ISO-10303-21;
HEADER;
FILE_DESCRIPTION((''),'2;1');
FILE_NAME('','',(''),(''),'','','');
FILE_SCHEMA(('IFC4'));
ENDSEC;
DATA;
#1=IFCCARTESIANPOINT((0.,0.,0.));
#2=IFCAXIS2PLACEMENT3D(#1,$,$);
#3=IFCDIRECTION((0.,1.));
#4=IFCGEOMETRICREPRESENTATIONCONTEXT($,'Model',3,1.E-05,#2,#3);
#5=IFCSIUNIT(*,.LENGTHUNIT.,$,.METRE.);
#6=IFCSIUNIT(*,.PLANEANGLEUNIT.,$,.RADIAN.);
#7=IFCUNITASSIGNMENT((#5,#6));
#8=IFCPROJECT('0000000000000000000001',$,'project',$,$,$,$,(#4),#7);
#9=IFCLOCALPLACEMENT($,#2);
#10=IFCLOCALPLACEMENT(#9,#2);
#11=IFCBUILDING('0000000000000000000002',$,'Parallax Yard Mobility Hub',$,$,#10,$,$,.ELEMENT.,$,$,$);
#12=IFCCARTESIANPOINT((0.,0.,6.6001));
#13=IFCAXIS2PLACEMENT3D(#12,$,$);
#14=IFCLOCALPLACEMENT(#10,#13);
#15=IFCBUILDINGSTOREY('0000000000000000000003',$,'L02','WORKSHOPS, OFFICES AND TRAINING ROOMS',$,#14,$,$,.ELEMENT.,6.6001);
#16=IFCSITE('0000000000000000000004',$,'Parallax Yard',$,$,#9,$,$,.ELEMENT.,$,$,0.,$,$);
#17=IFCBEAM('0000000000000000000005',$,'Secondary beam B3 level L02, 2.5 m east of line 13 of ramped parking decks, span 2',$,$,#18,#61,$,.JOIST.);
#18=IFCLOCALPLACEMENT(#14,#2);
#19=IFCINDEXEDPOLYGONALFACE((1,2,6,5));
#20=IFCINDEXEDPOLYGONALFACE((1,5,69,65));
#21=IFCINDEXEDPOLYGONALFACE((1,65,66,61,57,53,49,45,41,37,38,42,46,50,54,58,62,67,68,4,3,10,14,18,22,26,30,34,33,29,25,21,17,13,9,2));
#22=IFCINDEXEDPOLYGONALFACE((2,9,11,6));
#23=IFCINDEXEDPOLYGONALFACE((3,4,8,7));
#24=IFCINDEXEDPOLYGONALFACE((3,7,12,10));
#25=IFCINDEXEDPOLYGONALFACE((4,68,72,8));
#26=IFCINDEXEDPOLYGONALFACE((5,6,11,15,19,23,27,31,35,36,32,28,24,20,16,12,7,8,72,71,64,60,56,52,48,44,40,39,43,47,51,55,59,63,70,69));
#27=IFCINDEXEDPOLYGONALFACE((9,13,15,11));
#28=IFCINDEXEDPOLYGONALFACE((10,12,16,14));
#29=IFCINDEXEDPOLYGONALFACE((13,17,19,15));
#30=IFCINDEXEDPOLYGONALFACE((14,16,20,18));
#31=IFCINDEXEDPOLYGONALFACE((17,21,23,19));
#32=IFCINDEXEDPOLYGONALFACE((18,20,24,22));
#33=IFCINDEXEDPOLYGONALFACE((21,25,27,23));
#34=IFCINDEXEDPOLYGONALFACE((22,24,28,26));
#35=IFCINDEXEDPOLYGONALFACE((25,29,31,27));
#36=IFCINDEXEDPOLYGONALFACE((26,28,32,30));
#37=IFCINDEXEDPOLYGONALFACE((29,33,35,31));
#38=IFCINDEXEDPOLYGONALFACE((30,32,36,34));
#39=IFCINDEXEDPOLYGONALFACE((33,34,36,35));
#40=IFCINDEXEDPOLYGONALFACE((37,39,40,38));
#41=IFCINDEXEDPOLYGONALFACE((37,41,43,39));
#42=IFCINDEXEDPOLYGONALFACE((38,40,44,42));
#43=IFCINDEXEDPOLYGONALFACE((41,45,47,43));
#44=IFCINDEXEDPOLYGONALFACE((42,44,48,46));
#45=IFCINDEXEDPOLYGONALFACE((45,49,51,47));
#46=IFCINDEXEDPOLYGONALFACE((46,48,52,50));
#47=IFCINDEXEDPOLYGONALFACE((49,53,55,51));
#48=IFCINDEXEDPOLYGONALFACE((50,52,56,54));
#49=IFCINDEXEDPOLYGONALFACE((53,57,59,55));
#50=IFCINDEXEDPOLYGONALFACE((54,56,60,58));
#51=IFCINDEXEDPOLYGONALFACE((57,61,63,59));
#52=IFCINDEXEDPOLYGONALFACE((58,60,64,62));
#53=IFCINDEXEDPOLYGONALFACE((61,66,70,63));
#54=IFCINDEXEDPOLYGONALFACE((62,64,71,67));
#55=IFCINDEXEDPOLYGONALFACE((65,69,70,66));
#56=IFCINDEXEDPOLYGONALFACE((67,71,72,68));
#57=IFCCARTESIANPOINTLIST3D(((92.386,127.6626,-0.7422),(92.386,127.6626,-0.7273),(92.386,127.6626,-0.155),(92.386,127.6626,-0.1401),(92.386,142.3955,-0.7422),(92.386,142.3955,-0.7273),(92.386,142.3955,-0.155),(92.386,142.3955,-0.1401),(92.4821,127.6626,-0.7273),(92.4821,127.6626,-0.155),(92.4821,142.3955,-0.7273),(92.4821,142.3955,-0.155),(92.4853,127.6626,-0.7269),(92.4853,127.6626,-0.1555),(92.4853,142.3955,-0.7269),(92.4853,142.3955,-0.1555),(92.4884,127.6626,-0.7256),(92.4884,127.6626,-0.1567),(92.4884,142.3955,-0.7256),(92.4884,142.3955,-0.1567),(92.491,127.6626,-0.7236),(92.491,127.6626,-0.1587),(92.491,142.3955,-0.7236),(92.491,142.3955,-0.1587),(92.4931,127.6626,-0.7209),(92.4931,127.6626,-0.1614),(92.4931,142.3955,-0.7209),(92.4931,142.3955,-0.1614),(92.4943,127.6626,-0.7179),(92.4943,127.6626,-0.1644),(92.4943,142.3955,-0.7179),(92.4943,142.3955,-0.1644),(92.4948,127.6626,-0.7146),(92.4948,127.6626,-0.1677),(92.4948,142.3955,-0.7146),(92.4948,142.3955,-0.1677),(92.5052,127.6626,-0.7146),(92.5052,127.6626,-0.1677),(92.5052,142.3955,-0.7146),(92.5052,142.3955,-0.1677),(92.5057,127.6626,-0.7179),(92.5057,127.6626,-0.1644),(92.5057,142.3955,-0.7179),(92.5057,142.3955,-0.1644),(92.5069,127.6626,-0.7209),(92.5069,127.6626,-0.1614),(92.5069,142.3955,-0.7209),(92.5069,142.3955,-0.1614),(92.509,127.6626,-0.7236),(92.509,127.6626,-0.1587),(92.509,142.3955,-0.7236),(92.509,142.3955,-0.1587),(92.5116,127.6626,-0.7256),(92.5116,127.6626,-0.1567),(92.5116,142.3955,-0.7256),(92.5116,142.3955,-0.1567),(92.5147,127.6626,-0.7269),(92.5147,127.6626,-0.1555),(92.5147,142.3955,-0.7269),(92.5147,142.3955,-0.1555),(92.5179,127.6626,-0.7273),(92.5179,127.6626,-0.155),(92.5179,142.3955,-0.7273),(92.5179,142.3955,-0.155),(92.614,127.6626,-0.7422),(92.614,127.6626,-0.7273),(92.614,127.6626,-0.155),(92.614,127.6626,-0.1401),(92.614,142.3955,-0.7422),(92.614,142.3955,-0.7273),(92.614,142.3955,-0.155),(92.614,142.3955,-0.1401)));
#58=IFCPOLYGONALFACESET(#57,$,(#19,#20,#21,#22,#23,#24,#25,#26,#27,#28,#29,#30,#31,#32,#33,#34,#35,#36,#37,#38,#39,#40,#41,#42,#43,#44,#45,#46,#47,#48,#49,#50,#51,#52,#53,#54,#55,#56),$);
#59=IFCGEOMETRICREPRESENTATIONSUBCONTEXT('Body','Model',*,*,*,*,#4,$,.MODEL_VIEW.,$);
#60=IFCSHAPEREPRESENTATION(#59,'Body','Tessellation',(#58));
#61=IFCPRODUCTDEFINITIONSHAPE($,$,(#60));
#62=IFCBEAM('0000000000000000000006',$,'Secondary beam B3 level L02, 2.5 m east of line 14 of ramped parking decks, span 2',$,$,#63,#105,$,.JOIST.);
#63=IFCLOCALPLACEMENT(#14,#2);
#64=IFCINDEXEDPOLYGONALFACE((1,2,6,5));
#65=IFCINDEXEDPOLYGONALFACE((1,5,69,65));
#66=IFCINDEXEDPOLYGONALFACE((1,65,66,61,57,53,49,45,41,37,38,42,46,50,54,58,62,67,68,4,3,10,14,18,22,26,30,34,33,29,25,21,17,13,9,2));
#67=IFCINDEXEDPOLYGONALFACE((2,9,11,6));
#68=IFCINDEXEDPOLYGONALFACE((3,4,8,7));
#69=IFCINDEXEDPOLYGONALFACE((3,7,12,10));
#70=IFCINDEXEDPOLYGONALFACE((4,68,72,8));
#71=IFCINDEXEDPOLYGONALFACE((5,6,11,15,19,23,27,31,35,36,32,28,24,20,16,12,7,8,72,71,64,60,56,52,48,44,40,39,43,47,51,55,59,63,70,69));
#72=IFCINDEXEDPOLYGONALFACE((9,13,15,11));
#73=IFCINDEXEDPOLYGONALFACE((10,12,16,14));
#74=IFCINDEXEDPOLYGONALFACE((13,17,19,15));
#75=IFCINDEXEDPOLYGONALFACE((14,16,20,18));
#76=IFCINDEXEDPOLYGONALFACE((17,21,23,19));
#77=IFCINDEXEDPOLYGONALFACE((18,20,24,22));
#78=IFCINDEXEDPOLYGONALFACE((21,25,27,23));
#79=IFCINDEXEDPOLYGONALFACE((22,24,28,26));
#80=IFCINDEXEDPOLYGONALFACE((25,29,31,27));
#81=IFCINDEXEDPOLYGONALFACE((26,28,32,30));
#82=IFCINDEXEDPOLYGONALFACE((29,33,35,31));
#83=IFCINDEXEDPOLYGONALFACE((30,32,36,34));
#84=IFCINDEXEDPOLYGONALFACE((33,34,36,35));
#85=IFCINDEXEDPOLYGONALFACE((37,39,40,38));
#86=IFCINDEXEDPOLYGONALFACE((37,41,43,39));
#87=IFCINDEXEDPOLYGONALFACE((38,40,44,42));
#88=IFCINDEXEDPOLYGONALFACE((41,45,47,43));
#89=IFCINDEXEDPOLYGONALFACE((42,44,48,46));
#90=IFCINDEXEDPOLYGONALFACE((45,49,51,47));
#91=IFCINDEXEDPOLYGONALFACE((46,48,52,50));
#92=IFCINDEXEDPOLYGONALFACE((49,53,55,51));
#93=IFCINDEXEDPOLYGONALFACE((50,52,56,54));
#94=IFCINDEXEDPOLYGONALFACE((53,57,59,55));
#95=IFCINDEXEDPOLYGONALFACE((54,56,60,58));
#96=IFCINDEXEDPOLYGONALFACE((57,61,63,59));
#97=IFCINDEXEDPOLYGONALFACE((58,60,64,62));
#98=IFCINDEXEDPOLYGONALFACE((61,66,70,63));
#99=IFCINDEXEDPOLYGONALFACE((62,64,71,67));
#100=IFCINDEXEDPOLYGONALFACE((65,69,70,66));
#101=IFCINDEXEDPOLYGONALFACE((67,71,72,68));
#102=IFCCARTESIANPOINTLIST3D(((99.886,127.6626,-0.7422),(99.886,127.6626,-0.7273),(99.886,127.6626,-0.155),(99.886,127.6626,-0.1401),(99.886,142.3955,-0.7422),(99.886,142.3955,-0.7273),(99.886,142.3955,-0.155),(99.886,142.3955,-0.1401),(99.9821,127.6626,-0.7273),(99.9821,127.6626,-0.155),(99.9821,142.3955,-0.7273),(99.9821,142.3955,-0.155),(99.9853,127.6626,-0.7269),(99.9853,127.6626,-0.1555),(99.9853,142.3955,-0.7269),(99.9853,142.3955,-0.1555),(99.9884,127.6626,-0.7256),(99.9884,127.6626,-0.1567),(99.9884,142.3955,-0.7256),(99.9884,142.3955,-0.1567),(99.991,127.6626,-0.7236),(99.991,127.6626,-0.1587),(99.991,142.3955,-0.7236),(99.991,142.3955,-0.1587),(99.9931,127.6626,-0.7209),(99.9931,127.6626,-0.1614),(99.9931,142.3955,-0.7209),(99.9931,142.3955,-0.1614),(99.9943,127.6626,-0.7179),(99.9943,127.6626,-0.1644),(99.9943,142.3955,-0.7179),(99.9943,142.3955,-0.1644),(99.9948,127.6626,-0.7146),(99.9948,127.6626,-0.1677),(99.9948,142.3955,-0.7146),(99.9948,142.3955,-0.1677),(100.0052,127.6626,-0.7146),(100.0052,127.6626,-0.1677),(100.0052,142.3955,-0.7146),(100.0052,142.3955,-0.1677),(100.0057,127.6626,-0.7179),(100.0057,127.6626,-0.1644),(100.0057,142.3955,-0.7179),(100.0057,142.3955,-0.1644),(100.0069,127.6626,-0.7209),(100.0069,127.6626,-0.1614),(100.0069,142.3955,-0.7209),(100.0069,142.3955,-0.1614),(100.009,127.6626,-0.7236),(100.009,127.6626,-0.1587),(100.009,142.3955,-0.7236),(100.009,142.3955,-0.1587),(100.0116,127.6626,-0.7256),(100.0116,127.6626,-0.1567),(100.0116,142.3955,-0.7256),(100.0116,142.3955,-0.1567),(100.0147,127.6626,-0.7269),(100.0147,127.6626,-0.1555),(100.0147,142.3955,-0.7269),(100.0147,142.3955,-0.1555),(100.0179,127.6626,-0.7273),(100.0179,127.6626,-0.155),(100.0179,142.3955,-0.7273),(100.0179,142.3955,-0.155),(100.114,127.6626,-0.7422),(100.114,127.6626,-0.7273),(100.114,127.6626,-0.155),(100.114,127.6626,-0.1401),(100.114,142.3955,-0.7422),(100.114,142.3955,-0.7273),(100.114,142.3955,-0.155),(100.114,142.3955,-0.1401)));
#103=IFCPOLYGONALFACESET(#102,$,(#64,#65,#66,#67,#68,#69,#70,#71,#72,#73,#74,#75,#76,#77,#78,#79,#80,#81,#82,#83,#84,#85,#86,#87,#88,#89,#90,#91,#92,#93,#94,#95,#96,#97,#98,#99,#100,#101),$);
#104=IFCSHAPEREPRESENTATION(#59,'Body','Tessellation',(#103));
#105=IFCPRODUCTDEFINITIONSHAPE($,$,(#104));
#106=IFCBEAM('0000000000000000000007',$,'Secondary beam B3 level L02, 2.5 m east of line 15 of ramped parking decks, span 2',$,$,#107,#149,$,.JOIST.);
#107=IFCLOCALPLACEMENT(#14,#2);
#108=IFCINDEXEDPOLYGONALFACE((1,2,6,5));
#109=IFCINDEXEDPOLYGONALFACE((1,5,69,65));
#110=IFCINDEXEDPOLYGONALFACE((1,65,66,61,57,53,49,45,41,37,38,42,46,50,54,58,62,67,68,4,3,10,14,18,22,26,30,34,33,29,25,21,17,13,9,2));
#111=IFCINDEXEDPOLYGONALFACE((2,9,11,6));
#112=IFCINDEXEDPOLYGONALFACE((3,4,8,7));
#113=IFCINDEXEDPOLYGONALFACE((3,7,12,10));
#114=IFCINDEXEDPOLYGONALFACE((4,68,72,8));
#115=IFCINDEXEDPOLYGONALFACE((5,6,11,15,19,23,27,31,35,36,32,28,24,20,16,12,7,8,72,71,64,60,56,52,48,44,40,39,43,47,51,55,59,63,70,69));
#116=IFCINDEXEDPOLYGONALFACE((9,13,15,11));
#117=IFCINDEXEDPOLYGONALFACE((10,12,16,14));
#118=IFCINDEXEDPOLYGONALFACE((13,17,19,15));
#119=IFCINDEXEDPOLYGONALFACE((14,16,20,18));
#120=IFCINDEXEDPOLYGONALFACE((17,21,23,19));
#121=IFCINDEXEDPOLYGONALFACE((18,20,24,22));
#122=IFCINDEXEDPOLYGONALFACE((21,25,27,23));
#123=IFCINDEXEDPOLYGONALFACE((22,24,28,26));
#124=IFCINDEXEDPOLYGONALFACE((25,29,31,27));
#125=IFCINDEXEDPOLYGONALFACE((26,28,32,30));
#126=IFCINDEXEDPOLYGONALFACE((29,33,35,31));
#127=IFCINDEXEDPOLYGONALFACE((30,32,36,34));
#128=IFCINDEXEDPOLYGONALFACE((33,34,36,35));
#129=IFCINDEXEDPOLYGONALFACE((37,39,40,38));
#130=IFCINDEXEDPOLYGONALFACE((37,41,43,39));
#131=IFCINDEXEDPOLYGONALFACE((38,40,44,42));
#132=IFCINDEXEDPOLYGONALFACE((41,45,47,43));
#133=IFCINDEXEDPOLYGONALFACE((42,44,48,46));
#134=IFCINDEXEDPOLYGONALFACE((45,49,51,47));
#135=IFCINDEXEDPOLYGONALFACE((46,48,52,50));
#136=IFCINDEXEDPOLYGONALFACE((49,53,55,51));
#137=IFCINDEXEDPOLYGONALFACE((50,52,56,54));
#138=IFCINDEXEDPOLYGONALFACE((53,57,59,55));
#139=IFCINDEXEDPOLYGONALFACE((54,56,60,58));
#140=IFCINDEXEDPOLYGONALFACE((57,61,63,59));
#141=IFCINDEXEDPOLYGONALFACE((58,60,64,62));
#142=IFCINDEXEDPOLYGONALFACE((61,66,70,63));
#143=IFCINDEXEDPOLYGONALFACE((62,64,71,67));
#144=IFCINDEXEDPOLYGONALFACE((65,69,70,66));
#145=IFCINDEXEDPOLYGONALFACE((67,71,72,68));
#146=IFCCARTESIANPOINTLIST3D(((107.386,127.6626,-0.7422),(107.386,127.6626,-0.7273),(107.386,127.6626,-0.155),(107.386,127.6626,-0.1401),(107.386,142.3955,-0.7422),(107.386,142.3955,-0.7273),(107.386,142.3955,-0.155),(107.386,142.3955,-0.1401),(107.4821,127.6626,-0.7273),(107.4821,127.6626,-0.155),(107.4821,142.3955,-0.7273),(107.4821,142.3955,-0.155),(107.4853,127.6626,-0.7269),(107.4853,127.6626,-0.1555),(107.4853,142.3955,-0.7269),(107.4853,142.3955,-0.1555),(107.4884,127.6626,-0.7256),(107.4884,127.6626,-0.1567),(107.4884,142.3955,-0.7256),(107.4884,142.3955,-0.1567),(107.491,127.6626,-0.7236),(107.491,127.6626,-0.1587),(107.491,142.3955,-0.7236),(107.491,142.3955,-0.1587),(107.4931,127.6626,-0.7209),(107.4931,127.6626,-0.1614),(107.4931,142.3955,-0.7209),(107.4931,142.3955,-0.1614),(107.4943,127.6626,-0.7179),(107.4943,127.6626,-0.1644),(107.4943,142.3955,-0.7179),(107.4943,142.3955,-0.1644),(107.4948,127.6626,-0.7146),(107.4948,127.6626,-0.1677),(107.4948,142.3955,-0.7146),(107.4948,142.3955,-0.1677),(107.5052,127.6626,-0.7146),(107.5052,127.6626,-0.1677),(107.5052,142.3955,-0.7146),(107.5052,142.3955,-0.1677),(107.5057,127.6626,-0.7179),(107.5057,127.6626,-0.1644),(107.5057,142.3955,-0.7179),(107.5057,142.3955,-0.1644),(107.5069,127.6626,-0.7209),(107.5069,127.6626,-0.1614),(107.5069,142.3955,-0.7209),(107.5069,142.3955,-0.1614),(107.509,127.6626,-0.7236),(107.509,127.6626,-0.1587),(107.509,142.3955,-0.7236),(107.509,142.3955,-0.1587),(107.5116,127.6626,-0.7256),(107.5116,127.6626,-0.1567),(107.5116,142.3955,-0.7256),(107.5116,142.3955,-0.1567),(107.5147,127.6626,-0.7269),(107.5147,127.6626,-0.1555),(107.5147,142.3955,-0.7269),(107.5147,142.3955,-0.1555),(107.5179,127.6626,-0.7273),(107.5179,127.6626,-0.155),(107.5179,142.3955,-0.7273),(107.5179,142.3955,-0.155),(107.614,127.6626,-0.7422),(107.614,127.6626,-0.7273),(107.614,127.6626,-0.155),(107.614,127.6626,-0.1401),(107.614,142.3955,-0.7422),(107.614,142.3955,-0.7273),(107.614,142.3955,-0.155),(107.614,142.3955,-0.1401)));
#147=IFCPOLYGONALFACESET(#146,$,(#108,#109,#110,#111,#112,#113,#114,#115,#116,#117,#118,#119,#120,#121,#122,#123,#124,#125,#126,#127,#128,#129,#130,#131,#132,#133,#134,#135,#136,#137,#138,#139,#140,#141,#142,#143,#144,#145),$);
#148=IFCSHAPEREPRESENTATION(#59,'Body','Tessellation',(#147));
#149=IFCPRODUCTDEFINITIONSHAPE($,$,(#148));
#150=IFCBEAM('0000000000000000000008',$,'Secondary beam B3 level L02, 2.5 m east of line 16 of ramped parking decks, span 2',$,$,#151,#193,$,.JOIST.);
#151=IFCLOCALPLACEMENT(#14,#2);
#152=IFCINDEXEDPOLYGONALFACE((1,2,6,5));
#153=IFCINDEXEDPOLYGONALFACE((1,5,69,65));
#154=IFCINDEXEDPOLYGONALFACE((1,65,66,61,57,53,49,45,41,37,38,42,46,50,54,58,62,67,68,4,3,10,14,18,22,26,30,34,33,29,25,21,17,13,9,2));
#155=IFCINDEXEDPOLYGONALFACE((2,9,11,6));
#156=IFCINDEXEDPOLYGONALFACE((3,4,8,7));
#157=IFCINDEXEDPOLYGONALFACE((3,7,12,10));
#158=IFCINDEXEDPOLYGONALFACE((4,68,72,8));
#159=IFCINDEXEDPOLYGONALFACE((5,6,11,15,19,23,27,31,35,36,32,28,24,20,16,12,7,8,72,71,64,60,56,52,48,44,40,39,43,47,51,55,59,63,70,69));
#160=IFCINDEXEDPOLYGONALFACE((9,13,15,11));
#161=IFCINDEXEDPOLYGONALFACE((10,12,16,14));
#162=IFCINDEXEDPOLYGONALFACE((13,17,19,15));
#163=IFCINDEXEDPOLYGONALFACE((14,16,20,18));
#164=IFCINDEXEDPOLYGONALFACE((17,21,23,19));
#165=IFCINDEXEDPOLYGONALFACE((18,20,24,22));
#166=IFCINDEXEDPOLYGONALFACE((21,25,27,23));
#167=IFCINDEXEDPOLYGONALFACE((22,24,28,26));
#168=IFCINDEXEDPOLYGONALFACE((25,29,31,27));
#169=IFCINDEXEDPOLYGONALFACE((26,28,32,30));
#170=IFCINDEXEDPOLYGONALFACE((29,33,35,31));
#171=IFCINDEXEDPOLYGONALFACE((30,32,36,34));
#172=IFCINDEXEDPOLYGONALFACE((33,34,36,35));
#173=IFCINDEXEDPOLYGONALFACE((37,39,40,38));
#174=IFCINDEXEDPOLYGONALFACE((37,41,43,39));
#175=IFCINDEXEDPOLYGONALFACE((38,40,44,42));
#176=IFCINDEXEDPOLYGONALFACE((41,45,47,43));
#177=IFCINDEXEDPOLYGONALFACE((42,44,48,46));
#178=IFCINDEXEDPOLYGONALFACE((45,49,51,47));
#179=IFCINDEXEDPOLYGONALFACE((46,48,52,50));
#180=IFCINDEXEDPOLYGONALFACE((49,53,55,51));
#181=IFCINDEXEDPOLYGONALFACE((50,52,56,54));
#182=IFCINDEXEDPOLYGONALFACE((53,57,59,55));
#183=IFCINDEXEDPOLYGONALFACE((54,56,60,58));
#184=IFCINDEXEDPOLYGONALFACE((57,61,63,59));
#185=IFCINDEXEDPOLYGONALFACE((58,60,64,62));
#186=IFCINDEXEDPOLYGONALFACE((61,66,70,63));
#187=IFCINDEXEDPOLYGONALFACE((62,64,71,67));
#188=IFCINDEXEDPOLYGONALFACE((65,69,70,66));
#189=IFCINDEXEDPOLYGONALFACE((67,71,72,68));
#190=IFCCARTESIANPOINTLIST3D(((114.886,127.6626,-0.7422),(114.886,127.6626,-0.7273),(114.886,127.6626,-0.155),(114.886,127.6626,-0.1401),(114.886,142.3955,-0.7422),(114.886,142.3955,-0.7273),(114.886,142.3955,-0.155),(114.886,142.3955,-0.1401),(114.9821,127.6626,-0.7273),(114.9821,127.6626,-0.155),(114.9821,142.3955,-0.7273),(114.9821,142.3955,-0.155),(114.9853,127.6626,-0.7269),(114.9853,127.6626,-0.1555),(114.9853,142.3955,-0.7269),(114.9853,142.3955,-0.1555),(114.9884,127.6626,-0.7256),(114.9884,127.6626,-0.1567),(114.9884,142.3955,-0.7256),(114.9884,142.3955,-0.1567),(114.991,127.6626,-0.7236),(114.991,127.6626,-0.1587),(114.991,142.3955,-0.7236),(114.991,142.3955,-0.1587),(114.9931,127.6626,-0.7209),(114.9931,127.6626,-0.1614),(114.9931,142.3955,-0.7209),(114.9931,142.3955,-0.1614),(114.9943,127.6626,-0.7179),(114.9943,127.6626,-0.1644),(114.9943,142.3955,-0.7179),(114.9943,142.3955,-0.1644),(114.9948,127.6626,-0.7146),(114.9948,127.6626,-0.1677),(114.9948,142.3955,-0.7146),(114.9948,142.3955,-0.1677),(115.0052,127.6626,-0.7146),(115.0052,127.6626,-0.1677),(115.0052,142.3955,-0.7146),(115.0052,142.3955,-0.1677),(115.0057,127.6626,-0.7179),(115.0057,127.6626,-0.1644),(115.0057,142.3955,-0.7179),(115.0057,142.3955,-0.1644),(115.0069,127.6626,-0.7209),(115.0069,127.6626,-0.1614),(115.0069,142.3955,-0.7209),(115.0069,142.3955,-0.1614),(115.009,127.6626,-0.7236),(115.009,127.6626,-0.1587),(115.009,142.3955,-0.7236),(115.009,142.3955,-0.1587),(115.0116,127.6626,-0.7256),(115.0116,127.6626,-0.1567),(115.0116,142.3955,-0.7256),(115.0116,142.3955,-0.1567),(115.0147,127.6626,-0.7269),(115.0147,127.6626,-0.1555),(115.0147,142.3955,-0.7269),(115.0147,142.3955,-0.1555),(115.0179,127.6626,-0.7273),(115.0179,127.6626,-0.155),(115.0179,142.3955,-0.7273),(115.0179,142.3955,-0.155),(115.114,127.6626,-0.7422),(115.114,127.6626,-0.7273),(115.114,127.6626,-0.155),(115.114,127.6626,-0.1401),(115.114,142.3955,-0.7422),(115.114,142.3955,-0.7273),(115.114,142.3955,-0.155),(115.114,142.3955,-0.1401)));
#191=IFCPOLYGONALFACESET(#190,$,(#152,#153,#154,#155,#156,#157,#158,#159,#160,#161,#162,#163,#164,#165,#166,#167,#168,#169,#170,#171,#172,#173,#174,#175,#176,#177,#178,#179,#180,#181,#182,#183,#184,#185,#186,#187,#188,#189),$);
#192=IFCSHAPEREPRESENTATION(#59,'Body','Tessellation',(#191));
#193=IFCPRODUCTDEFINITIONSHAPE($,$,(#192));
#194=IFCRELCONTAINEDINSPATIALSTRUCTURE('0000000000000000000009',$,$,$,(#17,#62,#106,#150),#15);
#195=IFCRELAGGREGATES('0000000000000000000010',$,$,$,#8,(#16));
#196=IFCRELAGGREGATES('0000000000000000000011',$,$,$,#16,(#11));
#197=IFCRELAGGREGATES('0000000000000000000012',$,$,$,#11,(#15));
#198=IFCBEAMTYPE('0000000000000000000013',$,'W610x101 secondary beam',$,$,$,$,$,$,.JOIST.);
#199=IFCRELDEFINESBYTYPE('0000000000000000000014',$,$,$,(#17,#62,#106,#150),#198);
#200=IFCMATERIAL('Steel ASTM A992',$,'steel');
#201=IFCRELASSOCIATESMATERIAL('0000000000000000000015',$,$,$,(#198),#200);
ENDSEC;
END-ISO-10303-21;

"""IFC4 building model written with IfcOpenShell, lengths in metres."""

from ifc_helpers import new_model, si_unit, direction, frame, origin, origin_2d, place, context, subcontext, project, spatial, i_section, extrude, material, material_profile, profile_set, type_object, element, save


model = new_model("IFC4")

# Units and contexts
model_context = context("Model", 3, precision=1e-05, world=origin(), true_north=direction((0.0, 1.0)))
body_context = subcontext(model_context, "Body", "Model", "MODEL_VIEW")
ifc_project = project(units=[si_unit("LENGTHUNIT", "METRE"), si_unit("PLANEANGLEUNIT", "RADIAN")], contexts=[model_context])

# Site, building, storey
site_placement = place(None, origin())
site = spatial("IfcSite", under=ifc_project, at=site_placement, Name="Parallax Yard", CompositionType="ELEMENT", RefElevation=0.0)
building_placement = place(site_placement, origin())
building = spatial("IfcBuilding", under=site, at=building_placement, Name="Parallax Yard Mobility Hub", CompositionType="ELEMENT")
storey_placement = place(building_placement, frame((0.0, 0.0, 6.6001)))
storey = spatial("IfcBuildingStorey", under=building, at=storey_placement, Name="L02", Description="WORKSHOPS, OFFICES AND TRAINING ROOMS", CompositionType="ELEMENT", Elevation=6.6001)

# Shared definitions
ifc_material_1 = material(Name="Steel ASTM A992", Category="steel")

# Beams
ifc_material_profile_1 = material_profile(ifc_material_1, i_section(OverallWidth=0.228, OverallDepth=0.6021, WebThickness=0.0105, FlangeThickness=0.0149, FilletRadius=0.0127, at=origin_2d()), Name="W610x101")
ifc_profile_set_1 = profile_set([ifc_material_profile_1], Name="Steel ASTM A992")
beam_type_1 = type_object("IfcBeamType", Name="W610x101 secondary beam", PredefinedType="JOIST", material=ifc_profile_set_1)
for number, where, z_axis, x_axis, name in (
    (1, (92.5, 127.6626, -0.4412), (0.0, 1.0, 0.0), (-1.0, 0.0, 0.0), "Secondary beam B3 level L02, 2.5 m east of line 13 of ramped parking decks, span 2"),
    (2, (100.0, 127.6626, -0.4412), (0.0, 1.0, 0.0), (-1.0, 0.0, 0.0), "Secondary beam B3 level L02, 2.5 m east of line 14 of ramped parking decks, span 2"),
    (3, (107.5, 127.6626, -0.4412), (0.0, 1.0, 0.0), (-1.0, 0.0, 0.0), "Secondary beam B3 level L02, 2.5 m east of line 15 of ramped parking decks, span 2"),
    (4, (115.0, 127.6626, -0.4412), (0.0, 1.0, 0.0), (-1.0, 0.0, 0.0), "Secondary beam B3 level L02, 2.5 m east of line 16 of ramped parking decks, span 2"),
):
    element("IfcBeam", number, at=place(storey_placement, frame(where, z_axis=z_axis, x_axis=x_axis)), inside=storey, type_object=beam_type_1, Name=name, PredefinedType="JOIST", context=body_context, shape_type="SweptSolid", body=[
        extrude(i_section(OverallWidth=0.228, OverallDepth=0.6021, WebThickness=0.0105, FlangeThickness=0.0149, FilletRadius=0.0127, at=origin_2d()), origin(), (0.0, 0.0, 1.0), 14.7329),
    ])

save(model, "model.ifc")
